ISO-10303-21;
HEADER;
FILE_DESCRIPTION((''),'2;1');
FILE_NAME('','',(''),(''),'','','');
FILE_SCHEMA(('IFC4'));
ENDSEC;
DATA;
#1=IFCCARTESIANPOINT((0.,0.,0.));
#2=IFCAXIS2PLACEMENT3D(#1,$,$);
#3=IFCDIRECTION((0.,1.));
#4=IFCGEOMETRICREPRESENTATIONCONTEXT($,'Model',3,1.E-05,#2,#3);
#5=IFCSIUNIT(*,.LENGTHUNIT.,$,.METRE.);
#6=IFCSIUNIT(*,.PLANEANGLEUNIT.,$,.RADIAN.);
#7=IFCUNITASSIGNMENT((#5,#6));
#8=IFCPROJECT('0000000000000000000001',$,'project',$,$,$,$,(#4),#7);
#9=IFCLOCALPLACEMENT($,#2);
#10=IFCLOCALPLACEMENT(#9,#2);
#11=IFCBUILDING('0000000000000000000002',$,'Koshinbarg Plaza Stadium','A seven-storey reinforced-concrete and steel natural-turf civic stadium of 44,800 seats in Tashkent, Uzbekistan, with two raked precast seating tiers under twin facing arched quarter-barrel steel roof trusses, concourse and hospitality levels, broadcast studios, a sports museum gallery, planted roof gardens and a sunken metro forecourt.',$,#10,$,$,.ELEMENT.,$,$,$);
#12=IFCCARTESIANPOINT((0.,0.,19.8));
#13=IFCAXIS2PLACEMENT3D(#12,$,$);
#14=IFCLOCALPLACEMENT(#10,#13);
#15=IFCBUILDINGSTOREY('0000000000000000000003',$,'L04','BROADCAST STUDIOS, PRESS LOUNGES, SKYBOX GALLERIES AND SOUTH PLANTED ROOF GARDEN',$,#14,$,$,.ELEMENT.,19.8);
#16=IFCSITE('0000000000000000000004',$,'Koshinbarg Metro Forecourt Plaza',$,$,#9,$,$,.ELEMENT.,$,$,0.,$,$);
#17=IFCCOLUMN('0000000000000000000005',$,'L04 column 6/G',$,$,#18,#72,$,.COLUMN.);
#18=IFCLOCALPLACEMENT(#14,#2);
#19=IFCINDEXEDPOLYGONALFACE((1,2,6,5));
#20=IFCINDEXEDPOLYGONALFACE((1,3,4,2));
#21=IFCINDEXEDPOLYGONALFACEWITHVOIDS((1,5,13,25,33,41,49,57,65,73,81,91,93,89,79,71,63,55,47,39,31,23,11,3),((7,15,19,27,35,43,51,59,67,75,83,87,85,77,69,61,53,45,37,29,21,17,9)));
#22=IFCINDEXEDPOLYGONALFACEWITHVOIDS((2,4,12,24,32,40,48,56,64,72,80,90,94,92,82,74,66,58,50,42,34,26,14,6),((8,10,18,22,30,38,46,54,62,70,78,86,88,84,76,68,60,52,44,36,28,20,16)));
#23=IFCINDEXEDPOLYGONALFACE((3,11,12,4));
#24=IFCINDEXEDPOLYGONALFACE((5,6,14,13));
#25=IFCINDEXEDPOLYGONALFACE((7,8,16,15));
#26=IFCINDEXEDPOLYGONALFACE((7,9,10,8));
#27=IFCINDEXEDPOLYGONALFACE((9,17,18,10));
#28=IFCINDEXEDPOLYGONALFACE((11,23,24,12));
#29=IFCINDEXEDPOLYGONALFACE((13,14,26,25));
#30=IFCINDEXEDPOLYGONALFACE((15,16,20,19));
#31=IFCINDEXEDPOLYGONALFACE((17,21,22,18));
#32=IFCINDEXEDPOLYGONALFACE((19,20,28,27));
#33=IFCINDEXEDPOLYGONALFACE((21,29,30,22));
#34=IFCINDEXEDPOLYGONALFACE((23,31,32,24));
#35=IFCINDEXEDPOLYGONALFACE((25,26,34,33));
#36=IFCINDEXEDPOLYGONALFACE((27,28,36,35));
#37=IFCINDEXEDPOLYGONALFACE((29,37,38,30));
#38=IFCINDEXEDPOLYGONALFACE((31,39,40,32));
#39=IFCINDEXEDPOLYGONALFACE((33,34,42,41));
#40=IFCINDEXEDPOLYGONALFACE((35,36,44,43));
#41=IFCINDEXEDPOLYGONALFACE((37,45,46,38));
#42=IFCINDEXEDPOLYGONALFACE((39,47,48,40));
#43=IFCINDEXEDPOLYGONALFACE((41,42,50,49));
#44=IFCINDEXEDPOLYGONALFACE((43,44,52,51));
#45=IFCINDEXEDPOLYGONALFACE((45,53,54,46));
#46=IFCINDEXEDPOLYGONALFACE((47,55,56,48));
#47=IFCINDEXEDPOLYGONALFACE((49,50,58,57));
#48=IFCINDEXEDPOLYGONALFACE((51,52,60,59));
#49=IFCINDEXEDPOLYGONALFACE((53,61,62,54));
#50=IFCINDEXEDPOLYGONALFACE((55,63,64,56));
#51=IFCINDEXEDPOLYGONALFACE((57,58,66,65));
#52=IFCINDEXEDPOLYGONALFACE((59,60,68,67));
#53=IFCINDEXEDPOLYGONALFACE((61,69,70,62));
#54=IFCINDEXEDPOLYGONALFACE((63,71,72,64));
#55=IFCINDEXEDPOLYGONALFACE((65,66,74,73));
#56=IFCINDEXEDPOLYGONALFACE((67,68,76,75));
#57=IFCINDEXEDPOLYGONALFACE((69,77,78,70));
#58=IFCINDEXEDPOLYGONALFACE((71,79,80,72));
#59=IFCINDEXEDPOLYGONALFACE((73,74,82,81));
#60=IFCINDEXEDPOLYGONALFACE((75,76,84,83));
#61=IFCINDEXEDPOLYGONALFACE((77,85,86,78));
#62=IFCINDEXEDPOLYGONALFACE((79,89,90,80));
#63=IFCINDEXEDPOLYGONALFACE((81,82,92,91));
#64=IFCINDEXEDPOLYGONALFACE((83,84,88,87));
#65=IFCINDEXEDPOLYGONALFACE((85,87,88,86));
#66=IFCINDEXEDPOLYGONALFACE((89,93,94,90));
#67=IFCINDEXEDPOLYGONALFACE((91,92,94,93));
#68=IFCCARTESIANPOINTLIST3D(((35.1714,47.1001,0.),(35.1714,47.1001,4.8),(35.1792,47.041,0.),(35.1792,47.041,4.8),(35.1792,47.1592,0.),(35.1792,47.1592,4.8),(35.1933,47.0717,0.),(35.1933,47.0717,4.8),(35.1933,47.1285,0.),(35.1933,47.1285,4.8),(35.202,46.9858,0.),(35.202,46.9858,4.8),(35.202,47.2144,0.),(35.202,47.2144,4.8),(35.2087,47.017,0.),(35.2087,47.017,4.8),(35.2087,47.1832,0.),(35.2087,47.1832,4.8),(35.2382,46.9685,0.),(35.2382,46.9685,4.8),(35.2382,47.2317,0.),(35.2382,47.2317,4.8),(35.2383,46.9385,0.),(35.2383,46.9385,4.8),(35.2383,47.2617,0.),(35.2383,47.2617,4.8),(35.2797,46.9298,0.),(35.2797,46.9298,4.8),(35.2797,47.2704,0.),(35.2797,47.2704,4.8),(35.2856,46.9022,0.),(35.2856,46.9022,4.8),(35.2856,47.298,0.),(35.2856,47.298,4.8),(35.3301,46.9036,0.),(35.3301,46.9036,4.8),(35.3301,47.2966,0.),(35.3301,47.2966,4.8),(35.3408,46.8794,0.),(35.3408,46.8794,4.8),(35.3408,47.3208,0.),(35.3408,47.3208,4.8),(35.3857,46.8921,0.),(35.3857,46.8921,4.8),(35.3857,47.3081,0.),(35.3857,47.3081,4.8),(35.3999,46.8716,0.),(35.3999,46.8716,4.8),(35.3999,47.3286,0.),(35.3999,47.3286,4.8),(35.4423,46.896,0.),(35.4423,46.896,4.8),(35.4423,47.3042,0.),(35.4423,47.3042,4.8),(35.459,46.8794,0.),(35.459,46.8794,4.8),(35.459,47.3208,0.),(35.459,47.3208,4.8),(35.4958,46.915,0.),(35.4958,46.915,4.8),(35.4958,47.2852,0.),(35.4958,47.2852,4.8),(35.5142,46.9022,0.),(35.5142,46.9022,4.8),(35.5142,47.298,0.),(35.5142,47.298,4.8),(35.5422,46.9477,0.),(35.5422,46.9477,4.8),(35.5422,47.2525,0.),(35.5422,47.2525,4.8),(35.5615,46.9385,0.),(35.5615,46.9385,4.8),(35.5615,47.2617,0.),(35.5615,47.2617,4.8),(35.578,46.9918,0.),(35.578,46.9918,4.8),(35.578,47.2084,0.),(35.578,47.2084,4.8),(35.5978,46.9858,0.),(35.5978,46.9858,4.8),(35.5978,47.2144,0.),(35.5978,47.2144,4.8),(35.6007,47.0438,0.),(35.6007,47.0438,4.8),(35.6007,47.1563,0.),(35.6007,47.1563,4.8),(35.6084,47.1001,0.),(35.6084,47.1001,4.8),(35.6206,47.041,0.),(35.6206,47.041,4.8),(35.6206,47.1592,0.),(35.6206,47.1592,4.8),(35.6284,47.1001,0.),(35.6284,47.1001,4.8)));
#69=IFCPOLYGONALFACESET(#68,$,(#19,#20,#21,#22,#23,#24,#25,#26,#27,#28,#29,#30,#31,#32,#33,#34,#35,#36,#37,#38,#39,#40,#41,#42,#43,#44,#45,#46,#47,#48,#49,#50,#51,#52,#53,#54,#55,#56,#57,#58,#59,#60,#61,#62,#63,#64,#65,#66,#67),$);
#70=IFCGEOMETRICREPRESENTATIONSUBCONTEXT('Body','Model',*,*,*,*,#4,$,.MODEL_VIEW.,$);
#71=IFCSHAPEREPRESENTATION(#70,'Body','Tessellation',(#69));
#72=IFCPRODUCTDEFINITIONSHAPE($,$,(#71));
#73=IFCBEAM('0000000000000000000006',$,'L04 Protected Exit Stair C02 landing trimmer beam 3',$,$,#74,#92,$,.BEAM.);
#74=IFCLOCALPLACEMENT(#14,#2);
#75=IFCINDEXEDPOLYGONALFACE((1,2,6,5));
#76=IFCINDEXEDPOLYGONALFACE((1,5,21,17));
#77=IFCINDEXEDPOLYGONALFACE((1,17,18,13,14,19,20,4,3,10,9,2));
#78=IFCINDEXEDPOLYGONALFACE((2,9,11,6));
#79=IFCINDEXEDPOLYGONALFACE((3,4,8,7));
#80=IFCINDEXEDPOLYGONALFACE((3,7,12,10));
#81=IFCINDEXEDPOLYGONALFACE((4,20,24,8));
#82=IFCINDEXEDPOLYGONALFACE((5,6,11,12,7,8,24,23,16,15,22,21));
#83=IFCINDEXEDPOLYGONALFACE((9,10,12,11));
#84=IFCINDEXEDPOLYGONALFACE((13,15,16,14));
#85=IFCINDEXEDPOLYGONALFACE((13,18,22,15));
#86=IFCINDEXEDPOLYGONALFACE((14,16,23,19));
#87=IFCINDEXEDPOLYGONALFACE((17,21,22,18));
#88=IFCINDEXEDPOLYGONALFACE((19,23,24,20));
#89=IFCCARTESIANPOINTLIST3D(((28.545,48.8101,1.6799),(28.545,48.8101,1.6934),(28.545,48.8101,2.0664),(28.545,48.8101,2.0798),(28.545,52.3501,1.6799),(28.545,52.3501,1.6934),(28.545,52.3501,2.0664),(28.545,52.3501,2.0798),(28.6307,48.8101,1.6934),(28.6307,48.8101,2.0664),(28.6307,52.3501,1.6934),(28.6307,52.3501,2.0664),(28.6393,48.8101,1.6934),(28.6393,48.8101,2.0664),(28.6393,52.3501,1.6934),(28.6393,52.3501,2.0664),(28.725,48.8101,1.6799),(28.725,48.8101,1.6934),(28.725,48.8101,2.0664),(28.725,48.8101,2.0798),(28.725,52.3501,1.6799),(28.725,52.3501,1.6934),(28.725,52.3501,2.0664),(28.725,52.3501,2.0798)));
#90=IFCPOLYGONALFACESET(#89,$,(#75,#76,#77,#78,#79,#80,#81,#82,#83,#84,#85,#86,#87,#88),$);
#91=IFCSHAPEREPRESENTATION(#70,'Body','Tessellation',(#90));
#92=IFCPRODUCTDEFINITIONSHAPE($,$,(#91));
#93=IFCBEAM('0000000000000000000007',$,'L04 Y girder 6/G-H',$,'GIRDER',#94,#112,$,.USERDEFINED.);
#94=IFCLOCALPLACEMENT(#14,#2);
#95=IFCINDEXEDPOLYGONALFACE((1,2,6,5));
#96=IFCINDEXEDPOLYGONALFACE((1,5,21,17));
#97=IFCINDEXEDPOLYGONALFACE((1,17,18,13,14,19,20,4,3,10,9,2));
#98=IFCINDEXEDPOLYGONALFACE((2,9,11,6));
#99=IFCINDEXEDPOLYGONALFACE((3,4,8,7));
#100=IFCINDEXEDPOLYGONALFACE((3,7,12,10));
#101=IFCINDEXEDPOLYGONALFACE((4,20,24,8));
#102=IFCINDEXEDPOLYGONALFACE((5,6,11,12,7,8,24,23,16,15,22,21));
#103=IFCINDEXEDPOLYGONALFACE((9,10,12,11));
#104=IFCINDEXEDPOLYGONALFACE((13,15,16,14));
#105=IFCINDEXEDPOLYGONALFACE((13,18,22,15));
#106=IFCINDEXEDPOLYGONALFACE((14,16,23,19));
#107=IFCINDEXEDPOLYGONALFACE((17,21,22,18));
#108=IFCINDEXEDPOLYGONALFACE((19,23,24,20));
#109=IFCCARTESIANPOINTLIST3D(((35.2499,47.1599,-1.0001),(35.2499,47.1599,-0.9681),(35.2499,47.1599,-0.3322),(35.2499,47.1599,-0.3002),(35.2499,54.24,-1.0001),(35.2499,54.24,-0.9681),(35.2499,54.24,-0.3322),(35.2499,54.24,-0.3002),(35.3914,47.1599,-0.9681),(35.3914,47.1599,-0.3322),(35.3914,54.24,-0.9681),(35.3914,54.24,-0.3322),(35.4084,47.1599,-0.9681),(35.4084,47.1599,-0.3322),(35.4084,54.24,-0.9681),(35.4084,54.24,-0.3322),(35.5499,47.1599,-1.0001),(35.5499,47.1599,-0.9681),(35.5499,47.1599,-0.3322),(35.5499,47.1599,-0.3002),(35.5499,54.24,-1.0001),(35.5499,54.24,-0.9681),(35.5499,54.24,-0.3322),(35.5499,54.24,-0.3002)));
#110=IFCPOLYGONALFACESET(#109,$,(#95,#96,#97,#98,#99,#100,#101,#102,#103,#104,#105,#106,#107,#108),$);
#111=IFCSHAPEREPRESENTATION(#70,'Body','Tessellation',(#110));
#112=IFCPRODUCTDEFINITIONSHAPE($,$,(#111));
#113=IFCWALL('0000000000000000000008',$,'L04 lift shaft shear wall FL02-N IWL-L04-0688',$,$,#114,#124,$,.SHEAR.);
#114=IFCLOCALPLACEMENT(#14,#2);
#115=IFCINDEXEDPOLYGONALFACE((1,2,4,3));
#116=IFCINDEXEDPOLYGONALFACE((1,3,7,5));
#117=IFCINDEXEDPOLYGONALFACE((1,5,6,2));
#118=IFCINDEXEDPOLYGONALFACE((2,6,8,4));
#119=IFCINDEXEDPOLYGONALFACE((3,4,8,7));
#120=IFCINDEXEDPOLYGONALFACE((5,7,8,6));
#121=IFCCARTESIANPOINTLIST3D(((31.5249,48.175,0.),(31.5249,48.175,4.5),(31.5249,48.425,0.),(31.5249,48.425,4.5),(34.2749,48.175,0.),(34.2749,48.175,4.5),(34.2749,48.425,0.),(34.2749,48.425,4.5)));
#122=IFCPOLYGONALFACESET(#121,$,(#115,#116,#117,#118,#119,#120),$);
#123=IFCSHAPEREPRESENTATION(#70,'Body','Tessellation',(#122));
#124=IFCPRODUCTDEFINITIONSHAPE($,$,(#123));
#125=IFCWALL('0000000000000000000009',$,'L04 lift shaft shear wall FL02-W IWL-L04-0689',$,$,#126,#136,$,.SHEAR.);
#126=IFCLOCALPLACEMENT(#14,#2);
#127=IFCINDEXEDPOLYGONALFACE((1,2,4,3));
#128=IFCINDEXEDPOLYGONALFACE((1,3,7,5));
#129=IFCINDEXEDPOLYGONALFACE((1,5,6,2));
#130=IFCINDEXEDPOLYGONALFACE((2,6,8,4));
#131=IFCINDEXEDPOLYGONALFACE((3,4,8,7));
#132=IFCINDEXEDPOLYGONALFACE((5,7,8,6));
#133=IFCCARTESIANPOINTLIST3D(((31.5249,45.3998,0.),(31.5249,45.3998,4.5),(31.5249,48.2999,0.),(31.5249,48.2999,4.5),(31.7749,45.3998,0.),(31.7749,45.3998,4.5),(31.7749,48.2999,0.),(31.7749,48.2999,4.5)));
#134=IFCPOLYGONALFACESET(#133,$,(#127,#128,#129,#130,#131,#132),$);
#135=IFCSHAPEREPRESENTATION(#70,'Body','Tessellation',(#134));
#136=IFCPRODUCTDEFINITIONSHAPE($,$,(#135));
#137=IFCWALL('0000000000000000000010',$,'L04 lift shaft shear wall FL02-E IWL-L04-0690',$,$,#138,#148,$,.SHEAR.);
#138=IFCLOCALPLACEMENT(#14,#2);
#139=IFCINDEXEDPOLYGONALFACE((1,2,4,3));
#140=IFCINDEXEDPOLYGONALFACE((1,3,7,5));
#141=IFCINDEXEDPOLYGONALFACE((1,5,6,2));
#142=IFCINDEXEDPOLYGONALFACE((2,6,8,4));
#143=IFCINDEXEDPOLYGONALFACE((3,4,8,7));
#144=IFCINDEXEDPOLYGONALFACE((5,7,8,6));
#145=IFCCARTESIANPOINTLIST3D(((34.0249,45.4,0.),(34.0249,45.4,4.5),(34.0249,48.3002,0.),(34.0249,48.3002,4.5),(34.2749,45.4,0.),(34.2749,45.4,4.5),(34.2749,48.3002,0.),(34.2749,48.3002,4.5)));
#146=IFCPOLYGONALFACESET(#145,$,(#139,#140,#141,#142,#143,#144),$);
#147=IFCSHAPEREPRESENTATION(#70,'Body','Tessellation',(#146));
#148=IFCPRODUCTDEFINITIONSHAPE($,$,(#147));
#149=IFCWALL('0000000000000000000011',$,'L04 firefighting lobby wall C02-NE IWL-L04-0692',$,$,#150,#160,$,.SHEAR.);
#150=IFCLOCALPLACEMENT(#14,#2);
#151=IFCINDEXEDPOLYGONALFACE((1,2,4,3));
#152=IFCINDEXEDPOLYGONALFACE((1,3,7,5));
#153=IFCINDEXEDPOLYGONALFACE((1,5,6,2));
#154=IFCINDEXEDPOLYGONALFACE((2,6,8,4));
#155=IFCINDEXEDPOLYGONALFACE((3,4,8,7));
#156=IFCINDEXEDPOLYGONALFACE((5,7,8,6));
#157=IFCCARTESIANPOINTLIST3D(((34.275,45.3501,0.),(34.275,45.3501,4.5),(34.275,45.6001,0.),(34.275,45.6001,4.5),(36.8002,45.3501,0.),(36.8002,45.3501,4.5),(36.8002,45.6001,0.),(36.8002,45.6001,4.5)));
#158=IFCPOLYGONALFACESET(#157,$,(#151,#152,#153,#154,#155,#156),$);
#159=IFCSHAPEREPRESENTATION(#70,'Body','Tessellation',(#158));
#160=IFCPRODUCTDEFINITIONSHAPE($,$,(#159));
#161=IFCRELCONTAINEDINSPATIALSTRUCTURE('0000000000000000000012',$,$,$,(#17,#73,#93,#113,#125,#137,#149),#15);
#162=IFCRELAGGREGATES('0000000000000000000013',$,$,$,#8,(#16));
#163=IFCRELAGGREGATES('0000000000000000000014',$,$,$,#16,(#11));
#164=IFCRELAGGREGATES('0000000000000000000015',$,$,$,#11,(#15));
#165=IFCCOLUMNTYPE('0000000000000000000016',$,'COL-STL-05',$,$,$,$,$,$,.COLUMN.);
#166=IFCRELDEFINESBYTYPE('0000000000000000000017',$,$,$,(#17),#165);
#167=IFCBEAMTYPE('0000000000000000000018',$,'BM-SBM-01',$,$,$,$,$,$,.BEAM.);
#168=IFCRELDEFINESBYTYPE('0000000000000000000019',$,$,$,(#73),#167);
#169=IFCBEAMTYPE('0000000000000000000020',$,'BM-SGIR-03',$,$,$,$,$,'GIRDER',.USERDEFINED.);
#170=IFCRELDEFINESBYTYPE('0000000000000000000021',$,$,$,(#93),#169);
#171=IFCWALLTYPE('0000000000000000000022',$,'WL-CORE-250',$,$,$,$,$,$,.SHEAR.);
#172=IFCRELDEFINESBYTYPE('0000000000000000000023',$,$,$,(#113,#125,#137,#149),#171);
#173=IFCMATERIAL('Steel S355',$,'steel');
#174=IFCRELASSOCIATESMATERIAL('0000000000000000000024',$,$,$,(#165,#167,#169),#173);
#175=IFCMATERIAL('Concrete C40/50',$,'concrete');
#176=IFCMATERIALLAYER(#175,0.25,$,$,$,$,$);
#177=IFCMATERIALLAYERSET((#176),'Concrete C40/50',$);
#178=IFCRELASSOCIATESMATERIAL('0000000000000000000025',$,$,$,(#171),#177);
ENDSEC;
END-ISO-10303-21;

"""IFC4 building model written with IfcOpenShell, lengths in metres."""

from ifc_helpers import new_model, si_unit, direction, frame, frame_2d, origin, origin_2d, place, context, subcontext, project, spatial, rectangle, hollow_circle, i_section, extrude, material, layer, layer_set, material_profile, profile_set, type_object, element, save


model = new_model("IFC4")

# Units and contexts
model_context = context("Model", 3, precision=1e-05, world=origin(), true_north=direction((0.0, 1.0)))
body_context = subcontext(model_context, "Body", "Model", "MODEL_VIEW")
ifc_project = project(units=[si_unit("LENGTHUNIT", "METRE"), si_unit("PLANEANGLEUNIT", "RADIAN")], contexts=[model_context])

# Site, building, storey
site_placement = place(None, origin())
site = spatial("IfcSite", under=ifc_project, at=site_placement, Name="Koshinbarg Metro Forecourt Plaza", CompositionType="ELEMENT", RefElevation=0.0)
building_placement = place(site_placement, origin())
building = spatial("IfcBuilding", under=site, at=building_placement, Name="Koshinbarg Plaza Stadium", Description="A seven-storey reinforced-concrete and steel natural-turf civic stadium of 44,800 seats in Tashkent, Uzbekistan, with two raked precast seating tiers under twin facing arched quarter-barrel steel roof trusses, concourse and hospitality levels, broadcast studios, a sports museum gallery, planted roof gardens and a sunken metro forecourt.", CompositionType="ELEMENT")
storey_placement = place(building_placement, frame((0.0, 0.0, 19.8)))
storey = spatial("IfcBuildingStorey", under=building, at=storey_placement, Name="L04", Description="BROADCAST STUDIOS, PRESS LOUNGES, SKYBOX GALLERIES AND SOUTH PLANTED ROOF GARDEN", CompositionType="ELEMENT", Elevation=19.8)

# Column
ifc_material_1 = material(Name="Steel S355", Category="steel")
ifc_material_profile_1 = material_profile(ifc_material_1, hollow_circle(Radius=0.2285, WallThickness=0.02, at=origin_2d()), Name="CHS 457x20")
ifc_profile_set_1 = profile_set([ifc_material_profile_1], Name="Steel S355")
column_type = type_object("IfcColumnType", Name="COL-STL-05", PredefinedType="COLUMN", material=ifc_profile_set_1)
column_placement = place(storey_placement, frame((35.3999, 47.1001, 0.0), z_axis=(0.0, 0.0, 1.0), x_axis=(1.0, 0.0, 0.0)))
element("IfcColumn", 1, at=column_placement, inside=storey, type_object=column_type, Name="L04 column 6/G", PredefinedType="COLUMN", context=body_context, shape_type="SweptSolid", body=[
    extrude(hollow_circle(Radius=0.2285, WallThickness=0.02, at=origin_2d()), origin(), (0.0, 0.0, 1.0), 4.8),
])

# Beams
ifc_material_profile_2 = material_profile(ifc_material_1, i_section(OverallWidth=0.1799, OverallDepth=0.3999, WebThickness=0.0085, FlangeThickness=0.0134, at=origin_2d()), Name="IPE 400")
ifc_profile_set_2 = profile_set([ifc_material_profile_2], Name="Steel S355")
beam_type_1 = type_object("IfcBeamType", Name="BM-SBM-01", PredefinedType="BEAM", material=ifc_profile_set_2)
beam_1_placement = place(storey_placement, frame((28.635, 48.8101, 1.8799), z_axis=(0.0, 1.0, 0.0), x_axis=(-1.0, 0.0, 0.0)))
element("IfcBeam", 2, at=beam_1_placement, inside=storey, type_object=beam_type_1, Name="L04 Protected Exit Stair C02 landing trimmer beam 3", PredefinedType="BEAM", context=body_context, shape_type="SweptSolid", body=[
    extrude(i_section(OverallWidth=0.1799, OverallDepth=0.3999, WebThickness=0.0085, FlangeThickness=0.0134, at=origin_2d()), origin(), (0.0, 0.0, 1.0), 3.54),
])
ifc_material_profile_3 = material_profile(ifc_material_1, i_section(OverallWidth=0.3, OverallDepth=0.7, WebThickness=0.0171, FlangeThickness=0.032, at=origin_2d()), Name="HEB 700")
ifc_profile_set_3 = profile_set([ifc_material_profile_3], Name="Steel S355")
beam_type_2 = type_object("IfcBeamType", Name="BM-SGIR-03", ElementType="GIRDER", PredefinedType="USERDEFINED", material=ifc_profile_set_3)
beam_2_placement = place(storey_placement, frame((35.3999, 47.1599, -0.6501), z_axis=(0.0, 1.0, 0.0), x_axis=(-1.0, 0.0, 0.0)))
element("IfcBeam", 3, at=beam_2_placement, inside=storey, type_object=beam_type_2, Name="L04 Y girder 6/G-H", ObjectType="GIRDER", PredefinedType="USERDEFINED", context=body_context, shape_type="SweptSolid", body=[
    extrude(i_section(OverallWidth=0.3, OverallDepth=0.7, WebThickness=0.0171, FlangeThickness=0.032, at=origin_2d()), origin(), (0.0, 0.0, 1.0), 7.0801),
])

# Shared definitions
ifc_material_2 = material(Name="Concrete C40/50", Category="concrete")
ifc_layer_1 = layer(ifc_material_2, 0.25)
ifc_layer_set_1 = layer_set([ifc_layer_1], Name="Concrete C40/50")
wall_type_1 = type_object("IfcWallType", Name="WL-CORE-250", PredefinedType="SHEAR", material=ifc_layer_set_1)

# Walls
wall_1_placement = place(storey_placement, frame((34.2749, 48.3, 0.0), z_axis=(0.0, 0.0, 1.0), x_axis=(-1.0, 0.0, 0.0)))
element("IfcWall", 4, at=wall_1_placement, inside=storey, type_object=wall_type_1, Name="L04 lift shaft shear wall FL02-N IWL-L04-0688", PredefinedType="SHEAR", context=body_context, shape_type="SweptSolid", body=[
    extrude(rectangle(XDim=2.75, YDim=0.25, at=frame_2d((1.375, 0.0))), origin(), (0.0, 0.0, 1.0), 4.5),
])
for number, where, z_axis, x_axis, name in (
    (5, (31.6499, 48.3, 0.0), (0.0, 0.0, 1.0), (0.0, -1.0, 0.0), "L04 lift shaft shear wall FL02-W IWL-L04-0689"),
    (6, (34.1499, 45.3999, 0.0), (0.0, 0.0, 1.0), (0.0, 1.0, 0.0), "L04 lift shaft shear wall FL02-E IWL-L04-0690"),
):
    element("IfcWall", number, at=place(storey_placement, frame(where, z_axis=z_axis, x_axis=x_axis)), inside=storey, type_object=wall_type_1, Name=name, PredefinedType="SHEAR", context=body_context, shape_type="SweptSolid", body=[
        extrude(rectangle(XDim=2.9001, YDim=0.25, at=frame_2d((1.4502, 0.0))), origin(), (0.0, 0.0, 1.0), 4.5),
    ])
wall_2_placement = place(storey_placement, frame((34.2749, 45.4751, 0.0), z_axis=(0.0, 0.0, 1.0), x_axis=(1.0, 0.0, 0.0)))
element("IfcWall", 7, at=wall_2_placement, inside=storey, type_object=wall_type_1, Name="L04 firefighting lobby wall C02-NE IWL-L04-0692", PredefinedType="SHEAR", context=body_context, shape_type="SweptSolid", body=[
    extrude(rectangle(XDim=2.5251, YDim=0.25, at=frame_2d((1.2627, 0.0))), origin(), (0.0, 0.0, 1.0), 4.5),
])

save(model, "model.ifc")
